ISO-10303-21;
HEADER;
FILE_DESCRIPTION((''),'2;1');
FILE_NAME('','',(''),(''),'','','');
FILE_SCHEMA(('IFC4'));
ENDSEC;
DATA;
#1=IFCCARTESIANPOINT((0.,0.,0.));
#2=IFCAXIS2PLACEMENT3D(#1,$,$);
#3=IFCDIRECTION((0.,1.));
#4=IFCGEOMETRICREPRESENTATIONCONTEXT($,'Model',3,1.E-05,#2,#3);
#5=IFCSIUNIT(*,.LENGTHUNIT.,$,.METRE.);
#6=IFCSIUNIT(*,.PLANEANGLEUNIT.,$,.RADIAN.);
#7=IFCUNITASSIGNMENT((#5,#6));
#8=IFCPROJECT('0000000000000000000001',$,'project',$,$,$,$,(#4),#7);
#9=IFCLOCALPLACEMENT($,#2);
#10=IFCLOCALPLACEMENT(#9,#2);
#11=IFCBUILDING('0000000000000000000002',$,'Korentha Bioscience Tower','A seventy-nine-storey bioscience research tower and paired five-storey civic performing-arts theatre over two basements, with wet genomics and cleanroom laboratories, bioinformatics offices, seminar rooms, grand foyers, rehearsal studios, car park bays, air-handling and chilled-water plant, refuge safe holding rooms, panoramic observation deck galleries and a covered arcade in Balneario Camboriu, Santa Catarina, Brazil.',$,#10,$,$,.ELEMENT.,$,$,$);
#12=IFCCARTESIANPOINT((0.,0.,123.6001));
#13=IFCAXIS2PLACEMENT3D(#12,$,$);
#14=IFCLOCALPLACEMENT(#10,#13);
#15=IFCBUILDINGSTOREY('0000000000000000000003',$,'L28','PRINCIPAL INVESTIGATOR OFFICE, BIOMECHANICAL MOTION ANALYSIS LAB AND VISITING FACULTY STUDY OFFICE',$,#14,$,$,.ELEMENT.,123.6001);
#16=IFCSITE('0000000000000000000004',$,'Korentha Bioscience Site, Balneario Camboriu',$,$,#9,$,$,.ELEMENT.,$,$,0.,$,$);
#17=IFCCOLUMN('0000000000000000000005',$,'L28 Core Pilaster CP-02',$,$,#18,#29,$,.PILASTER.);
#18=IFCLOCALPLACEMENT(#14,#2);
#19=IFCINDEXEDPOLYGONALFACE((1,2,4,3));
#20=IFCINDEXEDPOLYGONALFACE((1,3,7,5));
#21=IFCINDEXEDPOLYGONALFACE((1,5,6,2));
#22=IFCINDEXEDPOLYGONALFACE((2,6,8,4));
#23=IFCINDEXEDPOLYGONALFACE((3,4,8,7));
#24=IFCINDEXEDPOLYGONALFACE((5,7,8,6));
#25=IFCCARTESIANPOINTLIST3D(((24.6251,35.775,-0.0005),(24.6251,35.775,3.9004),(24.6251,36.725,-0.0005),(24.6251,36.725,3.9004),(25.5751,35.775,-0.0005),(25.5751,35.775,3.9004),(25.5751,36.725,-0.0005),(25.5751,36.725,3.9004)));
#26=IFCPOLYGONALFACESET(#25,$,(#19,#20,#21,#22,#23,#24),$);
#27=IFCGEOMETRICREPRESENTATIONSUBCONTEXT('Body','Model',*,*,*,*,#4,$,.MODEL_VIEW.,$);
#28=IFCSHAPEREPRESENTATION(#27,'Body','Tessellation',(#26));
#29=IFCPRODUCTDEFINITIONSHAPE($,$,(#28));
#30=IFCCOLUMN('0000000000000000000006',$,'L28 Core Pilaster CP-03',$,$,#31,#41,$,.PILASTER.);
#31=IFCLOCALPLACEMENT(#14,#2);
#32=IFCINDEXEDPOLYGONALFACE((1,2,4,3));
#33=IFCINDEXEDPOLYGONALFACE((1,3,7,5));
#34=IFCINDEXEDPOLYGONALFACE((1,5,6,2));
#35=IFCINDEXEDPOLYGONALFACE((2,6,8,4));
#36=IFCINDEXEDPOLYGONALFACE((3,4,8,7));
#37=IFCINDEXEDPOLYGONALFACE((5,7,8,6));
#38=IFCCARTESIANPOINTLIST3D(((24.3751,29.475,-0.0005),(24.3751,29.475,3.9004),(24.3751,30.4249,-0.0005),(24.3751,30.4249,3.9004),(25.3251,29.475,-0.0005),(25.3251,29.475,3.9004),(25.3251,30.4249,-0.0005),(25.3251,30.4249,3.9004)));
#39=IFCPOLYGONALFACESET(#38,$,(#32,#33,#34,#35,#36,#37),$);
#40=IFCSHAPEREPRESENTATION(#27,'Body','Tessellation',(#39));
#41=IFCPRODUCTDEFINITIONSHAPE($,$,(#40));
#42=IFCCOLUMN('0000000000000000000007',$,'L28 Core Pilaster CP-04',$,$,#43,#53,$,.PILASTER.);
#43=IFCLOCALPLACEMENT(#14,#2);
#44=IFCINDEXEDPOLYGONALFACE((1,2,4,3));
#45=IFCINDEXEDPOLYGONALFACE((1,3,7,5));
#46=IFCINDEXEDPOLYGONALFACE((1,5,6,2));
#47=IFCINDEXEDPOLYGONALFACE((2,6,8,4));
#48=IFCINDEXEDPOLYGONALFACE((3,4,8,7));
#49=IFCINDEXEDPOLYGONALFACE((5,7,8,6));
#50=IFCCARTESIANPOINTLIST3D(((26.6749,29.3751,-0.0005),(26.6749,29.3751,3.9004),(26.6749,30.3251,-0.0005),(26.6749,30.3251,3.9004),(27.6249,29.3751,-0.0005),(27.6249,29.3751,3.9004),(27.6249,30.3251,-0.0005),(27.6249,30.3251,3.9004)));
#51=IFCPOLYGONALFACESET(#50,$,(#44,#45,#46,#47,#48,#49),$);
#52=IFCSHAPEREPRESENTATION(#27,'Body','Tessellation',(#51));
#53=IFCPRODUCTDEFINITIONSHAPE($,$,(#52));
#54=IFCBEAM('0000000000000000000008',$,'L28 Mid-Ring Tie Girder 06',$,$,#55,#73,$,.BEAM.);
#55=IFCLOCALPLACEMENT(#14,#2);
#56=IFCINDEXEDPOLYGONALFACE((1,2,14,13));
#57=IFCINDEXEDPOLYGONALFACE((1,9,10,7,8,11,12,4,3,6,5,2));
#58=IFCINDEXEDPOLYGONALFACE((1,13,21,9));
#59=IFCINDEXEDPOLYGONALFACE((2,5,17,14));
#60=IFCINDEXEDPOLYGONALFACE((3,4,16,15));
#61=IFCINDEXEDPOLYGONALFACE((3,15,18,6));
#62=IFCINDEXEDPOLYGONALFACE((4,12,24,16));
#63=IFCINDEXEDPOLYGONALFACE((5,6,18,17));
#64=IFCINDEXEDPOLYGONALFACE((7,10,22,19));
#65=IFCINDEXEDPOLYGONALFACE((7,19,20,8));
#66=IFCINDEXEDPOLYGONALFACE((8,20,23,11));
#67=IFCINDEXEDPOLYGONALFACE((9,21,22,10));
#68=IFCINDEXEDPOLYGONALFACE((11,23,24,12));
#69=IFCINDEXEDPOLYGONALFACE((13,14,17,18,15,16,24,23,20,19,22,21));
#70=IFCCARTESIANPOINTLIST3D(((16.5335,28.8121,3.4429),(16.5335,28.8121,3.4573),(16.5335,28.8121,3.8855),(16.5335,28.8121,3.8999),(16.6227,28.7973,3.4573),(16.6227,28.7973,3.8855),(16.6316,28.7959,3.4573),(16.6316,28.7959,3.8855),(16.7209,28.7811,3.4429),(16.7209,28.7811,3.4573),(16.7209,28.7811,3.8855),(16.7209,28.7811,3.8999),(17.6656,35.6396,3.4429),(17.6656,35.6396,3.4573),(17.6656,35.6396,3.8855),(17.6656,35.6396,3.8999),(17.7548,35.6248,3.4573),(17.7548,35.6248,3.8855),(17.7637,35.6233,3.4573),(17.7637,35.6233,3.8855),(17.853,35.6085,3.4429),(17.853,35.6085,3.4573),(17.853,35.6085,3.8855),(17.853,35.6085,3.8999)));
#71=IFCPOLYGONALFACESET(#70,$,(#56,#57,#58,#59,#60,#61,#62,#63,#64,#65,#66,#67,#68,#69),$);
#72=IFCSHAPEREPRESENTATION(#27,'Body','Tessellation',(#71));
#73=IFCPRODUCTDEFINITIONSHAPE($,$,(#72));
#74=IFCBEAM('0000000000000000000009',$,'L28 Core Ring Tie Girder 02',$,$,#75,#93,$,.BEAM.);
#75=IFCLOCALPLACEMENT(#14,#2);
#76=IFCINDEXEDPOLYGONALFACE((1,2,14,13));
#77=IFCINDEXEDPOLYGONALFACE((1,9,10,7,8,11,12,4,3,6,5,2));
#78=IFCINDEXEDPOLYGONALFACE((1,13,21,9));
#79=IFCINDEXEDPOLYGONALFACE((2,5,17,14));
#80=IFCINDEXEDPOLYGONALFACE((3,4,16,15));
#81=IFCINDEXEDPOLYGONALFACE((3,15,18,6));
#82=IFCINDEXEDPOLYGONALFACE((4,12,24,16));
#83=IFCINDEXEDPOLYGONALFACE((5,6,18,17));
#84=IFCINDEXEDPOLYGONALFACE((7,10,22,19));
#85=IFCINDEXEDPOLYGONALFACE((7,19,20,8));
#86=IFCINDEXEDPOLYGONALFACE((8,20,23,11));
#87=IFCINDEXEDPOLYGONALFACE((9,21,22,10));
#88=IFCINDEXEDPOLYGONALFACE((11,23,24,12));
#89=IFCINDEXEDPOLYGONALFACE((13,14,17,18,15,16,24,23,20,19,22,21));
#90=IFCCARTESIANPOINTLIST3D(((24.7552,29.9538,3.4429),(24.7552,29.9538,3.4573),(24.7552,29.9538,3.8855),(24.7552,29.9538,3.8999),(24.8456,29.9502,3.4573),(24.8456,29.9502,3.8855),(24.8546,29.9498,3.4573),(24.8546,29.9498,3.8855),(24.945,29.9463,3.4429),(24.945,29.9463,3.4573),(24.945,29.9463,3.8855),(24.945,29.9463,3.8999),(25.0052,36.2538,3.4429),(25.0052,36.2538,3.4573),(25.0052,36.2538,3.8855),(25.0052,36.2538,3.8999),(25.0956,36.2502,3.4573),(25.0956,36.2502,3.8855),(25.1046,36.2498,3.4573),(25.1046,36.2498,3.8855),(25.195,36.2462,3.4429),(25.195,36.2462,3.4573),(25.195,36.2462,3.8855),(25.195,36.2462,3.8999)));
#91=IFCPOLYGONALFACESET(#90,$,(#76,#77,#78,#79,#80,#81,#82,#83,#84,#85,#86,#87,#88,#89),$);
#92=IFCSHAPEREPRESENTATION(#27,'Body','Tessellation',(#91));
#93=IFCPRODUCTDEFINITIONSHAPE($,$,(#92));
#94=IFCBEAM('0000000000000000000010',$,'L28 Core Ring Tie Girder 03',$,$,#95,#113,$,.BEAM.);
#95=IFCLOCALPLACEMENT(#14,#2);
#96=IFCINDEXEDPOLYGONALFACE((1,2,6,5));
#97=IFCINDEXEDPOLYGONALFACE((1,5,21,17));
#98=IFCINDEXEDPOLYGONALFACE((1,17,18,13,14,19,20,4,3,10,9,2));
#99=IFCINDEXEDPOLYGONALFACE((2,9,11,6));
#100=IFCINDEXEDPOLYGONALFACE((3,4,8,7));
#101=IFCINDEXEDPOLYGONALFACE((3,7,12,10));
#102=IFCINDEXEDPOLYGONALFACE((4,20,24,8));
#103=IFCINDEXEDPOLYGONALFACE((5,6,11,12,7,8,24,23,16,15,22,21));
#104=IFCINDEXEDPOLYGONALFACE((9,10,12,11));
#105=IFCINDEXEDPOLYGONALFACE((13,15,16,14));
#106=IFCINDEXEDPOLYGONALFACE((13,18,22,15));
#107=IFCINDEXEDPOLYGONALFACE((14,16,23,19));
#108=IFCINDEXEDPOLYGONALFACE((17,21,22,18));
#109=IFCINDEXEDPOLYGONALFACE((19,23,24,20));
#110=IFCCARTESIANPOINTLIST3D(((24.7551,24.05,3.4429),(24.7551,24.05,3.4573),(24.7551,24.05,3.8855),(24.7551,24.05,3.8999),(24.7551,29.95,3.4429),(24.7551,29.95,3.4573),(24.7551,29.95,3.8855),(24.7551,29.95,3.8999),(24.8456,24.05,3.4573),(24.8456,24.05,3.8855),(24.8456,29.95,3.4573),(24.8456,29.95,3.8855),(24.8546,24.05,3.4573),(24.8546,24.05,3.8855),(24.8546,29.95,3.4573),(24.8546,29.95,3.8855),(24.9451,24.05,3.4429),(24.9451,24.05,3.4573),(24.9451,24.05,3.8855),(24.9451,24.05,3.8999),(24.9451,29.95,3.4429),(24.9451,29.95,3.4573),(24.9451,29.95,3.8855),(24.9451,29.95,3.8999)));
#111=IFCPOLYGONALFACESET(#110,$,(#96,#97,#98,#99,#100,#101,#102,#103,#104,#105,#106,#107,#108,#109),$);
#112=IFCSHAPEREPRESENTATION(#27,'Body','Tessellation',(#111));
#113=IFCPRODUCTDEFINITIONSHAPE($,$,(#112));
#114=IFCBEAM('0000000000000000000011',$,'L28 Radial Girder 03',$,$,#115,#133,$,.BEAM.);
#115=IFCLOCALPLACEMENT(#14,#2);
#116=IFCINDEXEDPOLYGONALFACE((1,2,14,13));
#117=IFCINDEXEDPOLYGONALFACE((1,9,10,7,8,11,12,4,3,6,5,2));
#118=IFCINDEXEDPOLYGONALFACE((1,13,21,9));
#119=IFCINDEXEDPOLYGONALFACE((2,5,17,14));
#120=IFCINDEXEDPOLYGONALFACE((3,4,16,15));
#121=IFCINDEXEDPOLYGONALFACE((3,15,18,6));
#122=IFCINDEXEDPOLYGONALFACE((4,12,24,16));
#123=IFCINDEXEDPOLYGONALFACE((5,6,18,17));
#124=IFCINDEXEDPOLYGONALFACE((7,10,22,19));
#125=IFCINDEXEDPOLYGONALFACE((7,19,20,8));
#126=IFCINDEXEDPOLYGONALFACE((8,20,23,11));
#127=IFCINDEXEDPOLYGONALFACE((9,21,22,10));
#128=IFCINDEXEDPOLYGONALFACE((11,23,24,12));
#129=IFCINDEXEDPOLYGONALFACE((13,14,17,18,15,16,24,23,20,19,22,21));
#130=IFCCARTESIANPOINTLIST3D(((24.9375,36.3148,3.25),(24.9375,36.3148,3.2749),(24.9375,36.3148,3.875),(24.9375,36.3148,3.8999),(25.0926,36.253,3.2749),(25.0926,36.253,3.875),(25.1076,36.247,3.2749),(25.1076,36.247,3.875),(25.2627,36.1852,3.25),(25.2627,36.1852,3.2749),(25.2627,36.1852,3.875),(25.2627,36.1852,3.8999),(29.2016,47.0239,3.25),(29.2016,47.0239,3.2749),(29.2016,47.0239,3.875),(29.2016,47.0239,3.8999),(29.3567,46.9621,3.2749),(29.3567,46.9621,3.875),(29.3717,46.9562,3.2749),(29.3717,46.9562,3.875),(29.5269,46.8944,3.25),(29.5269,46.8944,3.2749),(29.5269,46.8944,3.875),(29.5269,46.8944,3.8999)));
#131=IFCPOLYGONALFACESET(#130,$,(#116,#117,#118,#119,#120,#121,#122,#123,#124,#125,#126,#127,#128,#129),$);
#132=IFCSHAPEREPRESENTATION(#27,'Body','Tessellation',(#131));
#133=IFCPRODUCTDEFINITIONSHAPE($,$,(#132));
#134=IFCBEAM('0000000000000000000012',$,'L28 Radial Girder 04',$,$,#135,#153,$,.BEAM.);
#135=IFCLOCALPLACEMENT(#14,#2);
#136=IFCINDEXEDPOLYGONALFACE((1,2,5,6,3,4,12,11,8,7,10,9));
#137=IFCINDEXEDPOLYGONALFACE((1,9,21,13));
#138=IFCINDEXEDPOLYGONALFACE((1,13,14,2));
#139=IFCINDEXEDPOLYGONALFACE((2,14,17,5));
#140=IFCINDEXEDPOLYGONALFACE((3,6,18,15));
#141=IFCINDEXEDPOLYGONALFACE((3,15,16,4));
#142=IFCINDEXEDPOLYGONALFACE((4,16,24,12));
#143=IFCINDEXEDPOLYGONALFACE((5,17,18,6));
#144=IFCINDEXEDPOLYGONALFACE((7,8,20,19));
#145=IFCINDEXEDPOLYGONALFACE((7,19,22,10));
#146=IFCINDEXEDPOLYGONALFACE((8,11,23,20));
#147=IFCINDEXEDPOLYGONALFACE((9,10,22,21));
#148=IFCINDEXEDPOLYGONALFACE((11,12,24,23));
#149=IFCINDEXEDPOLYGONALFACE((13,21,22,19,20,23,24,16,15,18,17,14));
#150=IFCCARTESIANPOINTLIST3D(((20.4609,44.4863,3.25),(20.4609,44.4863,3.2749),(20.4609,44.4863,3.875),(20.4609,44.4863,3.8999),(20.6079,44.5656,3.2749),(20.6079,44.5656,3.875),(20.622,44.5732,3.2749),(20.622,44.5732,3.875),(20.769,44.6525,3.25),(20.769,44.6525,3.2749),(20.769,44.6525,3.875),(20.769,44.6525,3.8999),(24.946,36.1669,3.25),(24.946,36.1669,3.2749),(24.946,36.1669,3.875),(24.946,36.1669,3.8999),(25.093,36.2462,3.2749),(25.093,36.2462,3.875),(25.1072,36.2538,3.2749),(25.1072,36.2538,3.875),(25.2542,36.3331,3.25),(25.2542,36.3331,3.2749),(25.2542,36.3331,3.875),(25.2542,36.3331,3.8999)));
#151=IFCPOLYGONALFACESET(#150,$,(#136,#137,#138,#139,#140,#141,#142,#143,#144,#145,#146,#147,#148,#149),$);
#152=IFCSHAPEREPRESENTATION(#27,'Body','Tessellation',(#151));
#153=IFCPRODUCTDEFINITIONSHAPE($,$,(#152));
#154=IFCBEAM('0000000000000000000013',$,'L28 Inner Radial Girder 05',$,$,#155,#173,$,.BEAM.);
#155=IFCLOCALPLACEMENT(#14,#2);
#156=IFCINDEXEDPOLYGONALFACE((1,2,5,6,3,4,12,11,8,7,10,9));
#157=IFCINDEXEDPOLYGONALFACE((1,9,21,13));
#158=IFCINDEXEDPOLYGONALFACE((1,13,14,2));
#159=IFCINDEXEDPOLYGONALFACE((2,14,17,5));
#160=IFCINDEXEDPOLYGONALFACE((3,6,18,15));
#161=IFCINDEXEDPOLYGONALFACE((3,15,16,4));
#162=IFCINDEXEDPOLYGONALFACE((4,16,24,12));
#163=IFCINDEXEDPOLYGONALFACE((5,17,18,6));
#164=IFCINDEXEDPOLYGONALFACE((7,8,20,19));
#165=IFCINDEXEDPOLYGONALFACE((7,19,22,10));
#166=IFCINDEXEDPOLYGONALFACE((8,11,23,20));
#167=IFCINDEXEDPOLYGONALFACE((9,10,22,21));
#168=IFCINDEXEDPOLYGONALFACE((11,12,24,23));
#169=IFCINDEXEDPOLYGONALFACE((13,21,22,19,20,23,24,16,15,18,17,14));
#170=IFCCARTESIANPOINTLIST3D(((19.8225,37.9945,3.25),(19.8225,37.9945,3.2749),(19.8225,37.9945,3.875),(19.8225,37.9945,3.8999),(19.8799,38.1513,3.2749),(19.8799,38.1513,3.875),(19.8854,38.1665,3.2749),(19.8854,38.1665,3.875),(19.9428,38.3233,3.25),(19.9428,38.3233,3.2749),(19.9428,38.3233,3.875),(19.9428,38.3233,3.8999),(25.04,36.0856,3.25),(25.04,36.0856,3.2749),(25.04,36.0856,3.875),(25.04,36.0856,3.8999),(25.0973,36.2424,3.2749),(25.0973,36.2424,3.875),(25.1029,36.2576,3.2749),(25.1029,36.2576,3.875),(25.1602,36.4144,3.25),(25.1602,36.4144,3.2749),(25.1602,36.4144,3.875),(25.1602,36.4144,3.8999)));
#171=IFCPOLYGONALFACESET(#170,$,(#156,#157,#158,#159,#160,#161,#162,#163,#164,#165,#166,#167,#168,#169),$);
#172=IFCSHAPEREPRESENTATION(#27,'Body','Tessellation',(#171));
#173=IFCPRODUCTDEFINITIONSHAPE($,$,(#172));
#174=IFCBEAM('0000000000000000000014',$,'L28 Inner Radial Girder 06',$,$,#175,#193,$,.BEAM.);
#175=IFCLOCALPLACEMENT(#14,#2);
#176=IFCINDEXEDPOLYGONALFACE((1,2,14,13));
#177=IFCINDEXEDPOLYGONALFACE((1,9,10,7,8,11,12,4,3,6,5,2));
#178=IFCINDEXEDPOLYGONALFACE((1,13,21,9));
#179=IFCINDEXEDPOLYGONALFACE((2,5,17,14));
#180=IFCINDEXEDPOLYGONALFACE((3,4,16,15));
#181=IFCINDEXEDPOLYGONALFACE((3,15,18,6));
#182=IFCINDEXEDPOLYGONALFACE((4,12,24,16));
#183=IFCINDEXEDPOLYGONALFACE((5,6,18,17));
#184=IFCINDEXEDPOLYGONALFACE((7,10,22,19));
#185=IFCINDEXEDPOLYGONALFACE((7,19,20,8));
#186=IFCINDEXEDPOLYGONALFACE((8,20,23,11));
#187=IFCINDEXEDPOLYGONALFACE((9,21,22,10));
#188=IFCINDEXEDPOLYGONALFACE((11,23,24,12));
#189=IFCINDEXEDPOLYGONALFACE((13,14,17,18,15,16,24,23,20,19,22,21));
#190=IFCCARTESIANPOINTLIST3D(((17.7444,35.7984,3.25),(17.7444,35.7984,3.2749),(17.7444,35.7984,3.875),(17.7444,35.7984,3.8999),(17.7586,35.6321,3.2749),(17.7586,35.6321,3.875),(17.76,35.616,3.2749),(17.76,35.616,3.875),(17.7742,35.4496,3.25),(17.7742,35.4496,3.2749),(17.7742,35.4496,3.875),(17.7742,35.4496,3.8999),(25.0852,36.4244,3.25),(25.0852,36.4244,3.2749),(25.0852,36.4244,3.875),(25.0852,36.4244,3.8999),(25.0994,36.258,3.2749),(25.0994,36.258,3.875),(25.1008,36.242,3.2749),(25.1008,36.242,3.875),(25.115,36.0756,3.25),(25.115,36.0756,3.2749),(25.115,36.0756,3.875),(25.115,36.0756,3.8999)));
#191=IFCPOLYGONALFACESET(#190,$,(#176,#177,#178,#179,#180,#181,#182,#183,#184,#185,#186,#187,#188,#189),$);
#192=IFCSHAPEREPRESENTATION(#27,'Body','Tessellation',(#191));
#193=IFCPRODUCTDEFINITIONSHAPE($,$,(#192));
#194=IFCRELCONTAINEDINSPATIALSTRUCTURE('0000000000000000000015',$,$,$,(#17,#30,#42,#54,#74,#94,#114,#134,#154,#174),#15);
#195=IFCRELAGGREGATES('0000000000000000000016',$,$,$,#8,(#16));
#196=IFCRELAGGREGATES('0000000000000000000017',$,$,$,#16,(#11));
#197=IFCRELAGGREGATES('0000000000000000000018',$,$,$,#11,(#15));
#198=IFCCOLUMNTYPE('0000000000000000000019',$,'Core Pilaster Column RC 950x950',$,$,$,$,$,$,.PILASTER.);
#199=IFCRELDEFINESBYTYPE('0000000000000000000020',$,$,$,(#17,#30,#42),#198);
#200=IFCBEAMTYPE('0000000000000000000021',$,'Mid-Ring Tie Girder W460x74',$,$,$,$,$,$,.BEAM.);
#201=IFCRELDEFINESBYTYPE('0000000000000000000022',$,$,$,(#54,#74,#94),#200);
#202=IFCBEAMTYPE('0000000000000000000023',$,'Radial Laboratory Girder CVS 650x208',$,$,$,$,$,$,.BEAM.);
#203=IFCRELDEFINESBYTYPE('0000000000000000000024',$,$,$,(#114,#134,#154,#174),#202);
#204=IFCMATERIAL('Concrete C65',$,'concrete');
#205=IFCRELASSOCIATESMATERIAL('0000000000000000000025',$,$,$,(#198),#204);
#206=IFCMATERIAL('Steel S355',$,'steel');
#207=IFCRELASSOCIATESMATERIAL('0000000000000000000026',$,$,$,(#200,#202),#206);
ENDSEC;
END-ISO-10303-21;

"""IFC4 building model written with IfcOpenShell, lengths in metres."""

from ifc_helpers import new_model, si_unit, direction, frame, origin, origin_2d, place, context, subcontext, project, spatial, rectangle, i_section, extrude, material, material_profile, profile_set, type_object, element, save


model = new_model("IFC4")

# Units and contexts
model_context = context("Model", 3, precision=1e-05, world=origin(), true_north=direction((0.0, 1.0)))
body_context = subcontext(model_context, "Body", "Model", "MODEL_VIEW")
ifc_project = project(units=[si_unit("LENGTHUNIT", "METRE"), si_unit("PLANEANGLEUNIT", "RADIAN")], contexts=[model_context])

# Site, building, storey
site_placement = place(None, origin())
site = spatial("IfcSite", under=ifc_project, at=site_placement, Name="Korentha Bioscience Site, Balneario Camboriu", CompositionType="ELEMENT", RefElevation=0.0)
building_placement = place(site_placement, origin())
building = spatial("IfcBuilding", under=site, at=building_placement, Name="Korentha Bioscience Tower", Description="A seventy-nine-storey bioscience research tower and paired five-storey civic performing-arts theatre over two basements, with wet genomics and cleanroom laboratories, bioinformatics offices, seminar rooms, grand foyers, rehearsal studios, car park bays, air-handling and chilled-water plant, refuge safe holding rooms, panoramic observation deck galleries and a covered arcade in Balneario Camboriu, Santa Catarina, Brazil.", CompositionType="ELEMENT")
storey_placement = place(building_placement, frame((0.0, 0.0, 123.6001)))
storey = spatial("IfcBuildingStorey", under=building, at=storey_placement, Name="L28", Description="PRINCIPAL INVESTIGATOR OFFICE, BIOMECHANICAL MOTION ANALYSIS LAB AND VISITING FACULTY STUDY OFFICE", CompositionType="ELEMENT", Elevation=123.6001)

# Columns
ifc_material_1 = material(Name="Concrete C65", Category="concrete")
ifc_material_profile_1 = material_profile(ifc_material_1, rectangle(XDim=0.95, YDim=0.95, at=origin_2d()), Name="Concrete C65")
ifc_profile_set_1 = profile_set([ifc_material_profile_1], Name="Concrete C65 (COL-CP09)")
column_type = type_object("IfcColumnType", Name="Core Pilaster Column RC 950x950", PredefinedType="PILASTER", material=ifc_profile_set_1)
for number, where, z_axis, x_axis, name in (
    (1, (25.1001, 36.25, -0.0005), (0.0, 0.0, 1.0), (1.0, 0.0, 0.0), "L28 Core Pilaster CP-02"),
    (2, (24.8501, 29.95, -0.0005), (0.0, 0.0, 1.0), (1.0, 0.0, 0.0), "L28 Core Pilaster CP-03"),
    (3, (27.1499, 29.8501, -0.0005), (0.0, 0.0, 1.0), (1.0, 0.0, 0.0), "L28 Core Pilaster CP-04"),
):
    element("IfcColumn", number, at=place(storey_placement, frame(where, z_axis=z_axis, x_axis=x_axis)), inside=storey, type_object=column_type, Name=name, PredefinedType="PILASTER", context=body_context, shape_type="SweptSolid", body=[
        extrude(rectangle(XDim=0.95, YDim=0.95, at=origin_2d()), origin(), (0.0, 0.0, 1.0), 3.9009),
    ])

# Beams
ifc_material_2 = material(Name="Steel S355", Category="steel")
ifc_material_profile_2 = material_profile(ifc_material_2, i_section(OverallWidth=0.1899, OverallDepth=0.457, WebThickness=0.009, FlangeThickness=0.0144, at=origin_2d()), Name="Steel S355")
ifc_profile_set_2 = profile_set([ifc_material_profile_2], Name="Steel S355 (MB-460)")
beam_type_1 = type_object("IfcBeamType", Name="Mid-Ring Tie Girder W460x74", PredefinedType="BEAM", material=ifc_profile_set_2)
beam_1_placement = place(storey_placement, frame((17.7593, 35.624, 3.6714), z_axis=(-0.163581, -0.98653, 0.0), x_axis=(0.98653, -0.163581, 0.0)))
element("IfcBeam", 4, at=beam_1_placement, inside=storey, type_object=beam_type_1, Name="L28 Mid-Ring Tie Girder 06", PredefinedType="BEAM", context=body_context, shape_type="SweptSolid", body=[
    extrude(i_section(OverallWidth=0.1899, OverallDepth=0.457, WebThickness=0.009, FlangeThickness=0.0144, at=origin_2d()), origin(), (0.0, 0.0, 1.0), 6.9207),
])
beam_2_placement = place(storey_placement, frame((25.1001, 36.25, 3.6714), z_axis=(-0.039651, -0.999214, 0.0), x_axis=(0.999214, -0.039651, 0.0)))
element("IfcBeam", 5, at=beam_2_placement, inside=storey, type_object=beam_type_1, Name="L28 Core Ring Tie Girder 02", PredefinedType="BEAM", context=body_context, shape_type="SweptSolid", body=[
    extrude(i_section(OverallWidth=0.1899, OverallDepth=0.457, WebThickness=0.009, FlangeThickness=0.0144, at=origin_2d()), origin(), (0.0, 0.0, 1.0), 6.3049),
])
beam_3_placement = place(storey_placement, frame((24.8501, 29.95, 3.6714), z_axis=(0.0, -1.0, 0.0), x_axis=(1.0, 0.0, 0.0)))
element("IfcBeam", 6, at=beam_3_placement, inside=storey, type_object=beam_type_1, Name="L28 Core Ring Tie Girder 03", PredefinedType="BEAM", context=body_context, shape_type="SweptSolid", body=[
    extrude(i_section(OverallWidth=0.1899, OverallDepth=0.457, WebThickness=0.009, FlangeThickness=0.0144, at=origin_2d()), origin(), (0.0, 0.0, 1.0), 5.8999),
])
ifc_material_profile_3 = material_profile(ifc_material_2, i_section(OverallWidth=0.3501, OverallDepth=0.6499, WebThickness=0.0161, FlangeThickness=0.0249, at=origin_2d()), Name="Steel S355")
ifc_profile_set_3 = profile_set([ifc_material_profile_3], Name="Steel S355 (RB-650)")
beam_type_2 = type_object("IfcBeamType", Name="Radial Laboratory Girder CVS 650x208", PredefinedType="BEAM", material=ifc_profile_set_3)
beam_4_placement = place(storey_placement, frame((25.1001, 36.25, 3.575), z_axis=(0.36993, 0.92906, 0.0), x_axis=(-0.92906, 0.36993, 0.0)))
element("IfcBeam", 7, at=beam_4_placement, inside=storey, type_object=beam_type_2, Name="L28 Radial Girder 03", PredefinedType="BEAM", context=body_context, shape_type="SweptSolid", body=[
    extrude(i_section(OverallWidth=0.3501, OverallDepth=0.6499, WebThickness=0.0161, FlangeThickness=0.0249, at=origin_2d()), origin(), (0.0, 0.0, 1.0), 11.5269),
])
beam_5_placement = place(storey_placement, frame((25.1001, 36.25, 3.575), z_axis=(-0.474548, 0.88023, 0.0), x_axis=(-0.88023, -0.474548, 0.0)))
element("IfcBeam", 8, at=beam_5_placement, inside=storey, type_object=beam_type_2, Name="L28 Radial Girder 04", PredefinedType="BEAM", context=body_context, shape_type="SweptSolid", body=[
    extrude(i_section(OverallWidth=0.3501, OverallDepth=0.6499, WebThickness=0.0161, FlangeThickness=0.0249, at=origin_2d()), origin(), (0.0, 0.0, 1.0), 9.4514),
])
beam_6_placement = place(storey_placement, frame((25.1001, 36.25, 3.575), z_axis=(-0.939118, 0.343595, 0.0), x_axis=(-0.343595, -0.939118, 0.0)))
element("IfcBeam", 9, at=beam_6_placement, inside=storey, type_object=beam_type_2, Name="L28 Inner Radial Girder 05", PredefinedType="BEAM", context=body_context, shape_type="SweptSolid", body=[
    extrude(i_section(OverallWidth=0.3501, OverallDepth=0.6499, WebThickness=0.0161, FlangeThickness=0.0249, at=origin_2d()), origin(), (0.0, 0.0, 1.0), 5.5557),
])
beam_7_placement = place(storey_placement, frame((25.1001, 36.25, 3.575), z_axis=(-0.996384, -0.084965, 0.0), x_axis=(0.084965, -0.996384, 0.0)))
element("IfcBeam", 10, at=beam_7_placement, inside=storey, type_object=beam_type_2, Name="L28 Inner Radial Girder 06", PredefinedType="BEAM", context=body_context, shape_type="SweptSolid", body=[
    extrude(i_section(OverallWidth=0.3501, OverallDepth=0.6499, WebThickness=0.0161, FlangeThickness=0.0249, at=origin_2d()), origin(), (0.0, 0.0, 1.0), 7.3674),
])

save(model, "model.ifc")
